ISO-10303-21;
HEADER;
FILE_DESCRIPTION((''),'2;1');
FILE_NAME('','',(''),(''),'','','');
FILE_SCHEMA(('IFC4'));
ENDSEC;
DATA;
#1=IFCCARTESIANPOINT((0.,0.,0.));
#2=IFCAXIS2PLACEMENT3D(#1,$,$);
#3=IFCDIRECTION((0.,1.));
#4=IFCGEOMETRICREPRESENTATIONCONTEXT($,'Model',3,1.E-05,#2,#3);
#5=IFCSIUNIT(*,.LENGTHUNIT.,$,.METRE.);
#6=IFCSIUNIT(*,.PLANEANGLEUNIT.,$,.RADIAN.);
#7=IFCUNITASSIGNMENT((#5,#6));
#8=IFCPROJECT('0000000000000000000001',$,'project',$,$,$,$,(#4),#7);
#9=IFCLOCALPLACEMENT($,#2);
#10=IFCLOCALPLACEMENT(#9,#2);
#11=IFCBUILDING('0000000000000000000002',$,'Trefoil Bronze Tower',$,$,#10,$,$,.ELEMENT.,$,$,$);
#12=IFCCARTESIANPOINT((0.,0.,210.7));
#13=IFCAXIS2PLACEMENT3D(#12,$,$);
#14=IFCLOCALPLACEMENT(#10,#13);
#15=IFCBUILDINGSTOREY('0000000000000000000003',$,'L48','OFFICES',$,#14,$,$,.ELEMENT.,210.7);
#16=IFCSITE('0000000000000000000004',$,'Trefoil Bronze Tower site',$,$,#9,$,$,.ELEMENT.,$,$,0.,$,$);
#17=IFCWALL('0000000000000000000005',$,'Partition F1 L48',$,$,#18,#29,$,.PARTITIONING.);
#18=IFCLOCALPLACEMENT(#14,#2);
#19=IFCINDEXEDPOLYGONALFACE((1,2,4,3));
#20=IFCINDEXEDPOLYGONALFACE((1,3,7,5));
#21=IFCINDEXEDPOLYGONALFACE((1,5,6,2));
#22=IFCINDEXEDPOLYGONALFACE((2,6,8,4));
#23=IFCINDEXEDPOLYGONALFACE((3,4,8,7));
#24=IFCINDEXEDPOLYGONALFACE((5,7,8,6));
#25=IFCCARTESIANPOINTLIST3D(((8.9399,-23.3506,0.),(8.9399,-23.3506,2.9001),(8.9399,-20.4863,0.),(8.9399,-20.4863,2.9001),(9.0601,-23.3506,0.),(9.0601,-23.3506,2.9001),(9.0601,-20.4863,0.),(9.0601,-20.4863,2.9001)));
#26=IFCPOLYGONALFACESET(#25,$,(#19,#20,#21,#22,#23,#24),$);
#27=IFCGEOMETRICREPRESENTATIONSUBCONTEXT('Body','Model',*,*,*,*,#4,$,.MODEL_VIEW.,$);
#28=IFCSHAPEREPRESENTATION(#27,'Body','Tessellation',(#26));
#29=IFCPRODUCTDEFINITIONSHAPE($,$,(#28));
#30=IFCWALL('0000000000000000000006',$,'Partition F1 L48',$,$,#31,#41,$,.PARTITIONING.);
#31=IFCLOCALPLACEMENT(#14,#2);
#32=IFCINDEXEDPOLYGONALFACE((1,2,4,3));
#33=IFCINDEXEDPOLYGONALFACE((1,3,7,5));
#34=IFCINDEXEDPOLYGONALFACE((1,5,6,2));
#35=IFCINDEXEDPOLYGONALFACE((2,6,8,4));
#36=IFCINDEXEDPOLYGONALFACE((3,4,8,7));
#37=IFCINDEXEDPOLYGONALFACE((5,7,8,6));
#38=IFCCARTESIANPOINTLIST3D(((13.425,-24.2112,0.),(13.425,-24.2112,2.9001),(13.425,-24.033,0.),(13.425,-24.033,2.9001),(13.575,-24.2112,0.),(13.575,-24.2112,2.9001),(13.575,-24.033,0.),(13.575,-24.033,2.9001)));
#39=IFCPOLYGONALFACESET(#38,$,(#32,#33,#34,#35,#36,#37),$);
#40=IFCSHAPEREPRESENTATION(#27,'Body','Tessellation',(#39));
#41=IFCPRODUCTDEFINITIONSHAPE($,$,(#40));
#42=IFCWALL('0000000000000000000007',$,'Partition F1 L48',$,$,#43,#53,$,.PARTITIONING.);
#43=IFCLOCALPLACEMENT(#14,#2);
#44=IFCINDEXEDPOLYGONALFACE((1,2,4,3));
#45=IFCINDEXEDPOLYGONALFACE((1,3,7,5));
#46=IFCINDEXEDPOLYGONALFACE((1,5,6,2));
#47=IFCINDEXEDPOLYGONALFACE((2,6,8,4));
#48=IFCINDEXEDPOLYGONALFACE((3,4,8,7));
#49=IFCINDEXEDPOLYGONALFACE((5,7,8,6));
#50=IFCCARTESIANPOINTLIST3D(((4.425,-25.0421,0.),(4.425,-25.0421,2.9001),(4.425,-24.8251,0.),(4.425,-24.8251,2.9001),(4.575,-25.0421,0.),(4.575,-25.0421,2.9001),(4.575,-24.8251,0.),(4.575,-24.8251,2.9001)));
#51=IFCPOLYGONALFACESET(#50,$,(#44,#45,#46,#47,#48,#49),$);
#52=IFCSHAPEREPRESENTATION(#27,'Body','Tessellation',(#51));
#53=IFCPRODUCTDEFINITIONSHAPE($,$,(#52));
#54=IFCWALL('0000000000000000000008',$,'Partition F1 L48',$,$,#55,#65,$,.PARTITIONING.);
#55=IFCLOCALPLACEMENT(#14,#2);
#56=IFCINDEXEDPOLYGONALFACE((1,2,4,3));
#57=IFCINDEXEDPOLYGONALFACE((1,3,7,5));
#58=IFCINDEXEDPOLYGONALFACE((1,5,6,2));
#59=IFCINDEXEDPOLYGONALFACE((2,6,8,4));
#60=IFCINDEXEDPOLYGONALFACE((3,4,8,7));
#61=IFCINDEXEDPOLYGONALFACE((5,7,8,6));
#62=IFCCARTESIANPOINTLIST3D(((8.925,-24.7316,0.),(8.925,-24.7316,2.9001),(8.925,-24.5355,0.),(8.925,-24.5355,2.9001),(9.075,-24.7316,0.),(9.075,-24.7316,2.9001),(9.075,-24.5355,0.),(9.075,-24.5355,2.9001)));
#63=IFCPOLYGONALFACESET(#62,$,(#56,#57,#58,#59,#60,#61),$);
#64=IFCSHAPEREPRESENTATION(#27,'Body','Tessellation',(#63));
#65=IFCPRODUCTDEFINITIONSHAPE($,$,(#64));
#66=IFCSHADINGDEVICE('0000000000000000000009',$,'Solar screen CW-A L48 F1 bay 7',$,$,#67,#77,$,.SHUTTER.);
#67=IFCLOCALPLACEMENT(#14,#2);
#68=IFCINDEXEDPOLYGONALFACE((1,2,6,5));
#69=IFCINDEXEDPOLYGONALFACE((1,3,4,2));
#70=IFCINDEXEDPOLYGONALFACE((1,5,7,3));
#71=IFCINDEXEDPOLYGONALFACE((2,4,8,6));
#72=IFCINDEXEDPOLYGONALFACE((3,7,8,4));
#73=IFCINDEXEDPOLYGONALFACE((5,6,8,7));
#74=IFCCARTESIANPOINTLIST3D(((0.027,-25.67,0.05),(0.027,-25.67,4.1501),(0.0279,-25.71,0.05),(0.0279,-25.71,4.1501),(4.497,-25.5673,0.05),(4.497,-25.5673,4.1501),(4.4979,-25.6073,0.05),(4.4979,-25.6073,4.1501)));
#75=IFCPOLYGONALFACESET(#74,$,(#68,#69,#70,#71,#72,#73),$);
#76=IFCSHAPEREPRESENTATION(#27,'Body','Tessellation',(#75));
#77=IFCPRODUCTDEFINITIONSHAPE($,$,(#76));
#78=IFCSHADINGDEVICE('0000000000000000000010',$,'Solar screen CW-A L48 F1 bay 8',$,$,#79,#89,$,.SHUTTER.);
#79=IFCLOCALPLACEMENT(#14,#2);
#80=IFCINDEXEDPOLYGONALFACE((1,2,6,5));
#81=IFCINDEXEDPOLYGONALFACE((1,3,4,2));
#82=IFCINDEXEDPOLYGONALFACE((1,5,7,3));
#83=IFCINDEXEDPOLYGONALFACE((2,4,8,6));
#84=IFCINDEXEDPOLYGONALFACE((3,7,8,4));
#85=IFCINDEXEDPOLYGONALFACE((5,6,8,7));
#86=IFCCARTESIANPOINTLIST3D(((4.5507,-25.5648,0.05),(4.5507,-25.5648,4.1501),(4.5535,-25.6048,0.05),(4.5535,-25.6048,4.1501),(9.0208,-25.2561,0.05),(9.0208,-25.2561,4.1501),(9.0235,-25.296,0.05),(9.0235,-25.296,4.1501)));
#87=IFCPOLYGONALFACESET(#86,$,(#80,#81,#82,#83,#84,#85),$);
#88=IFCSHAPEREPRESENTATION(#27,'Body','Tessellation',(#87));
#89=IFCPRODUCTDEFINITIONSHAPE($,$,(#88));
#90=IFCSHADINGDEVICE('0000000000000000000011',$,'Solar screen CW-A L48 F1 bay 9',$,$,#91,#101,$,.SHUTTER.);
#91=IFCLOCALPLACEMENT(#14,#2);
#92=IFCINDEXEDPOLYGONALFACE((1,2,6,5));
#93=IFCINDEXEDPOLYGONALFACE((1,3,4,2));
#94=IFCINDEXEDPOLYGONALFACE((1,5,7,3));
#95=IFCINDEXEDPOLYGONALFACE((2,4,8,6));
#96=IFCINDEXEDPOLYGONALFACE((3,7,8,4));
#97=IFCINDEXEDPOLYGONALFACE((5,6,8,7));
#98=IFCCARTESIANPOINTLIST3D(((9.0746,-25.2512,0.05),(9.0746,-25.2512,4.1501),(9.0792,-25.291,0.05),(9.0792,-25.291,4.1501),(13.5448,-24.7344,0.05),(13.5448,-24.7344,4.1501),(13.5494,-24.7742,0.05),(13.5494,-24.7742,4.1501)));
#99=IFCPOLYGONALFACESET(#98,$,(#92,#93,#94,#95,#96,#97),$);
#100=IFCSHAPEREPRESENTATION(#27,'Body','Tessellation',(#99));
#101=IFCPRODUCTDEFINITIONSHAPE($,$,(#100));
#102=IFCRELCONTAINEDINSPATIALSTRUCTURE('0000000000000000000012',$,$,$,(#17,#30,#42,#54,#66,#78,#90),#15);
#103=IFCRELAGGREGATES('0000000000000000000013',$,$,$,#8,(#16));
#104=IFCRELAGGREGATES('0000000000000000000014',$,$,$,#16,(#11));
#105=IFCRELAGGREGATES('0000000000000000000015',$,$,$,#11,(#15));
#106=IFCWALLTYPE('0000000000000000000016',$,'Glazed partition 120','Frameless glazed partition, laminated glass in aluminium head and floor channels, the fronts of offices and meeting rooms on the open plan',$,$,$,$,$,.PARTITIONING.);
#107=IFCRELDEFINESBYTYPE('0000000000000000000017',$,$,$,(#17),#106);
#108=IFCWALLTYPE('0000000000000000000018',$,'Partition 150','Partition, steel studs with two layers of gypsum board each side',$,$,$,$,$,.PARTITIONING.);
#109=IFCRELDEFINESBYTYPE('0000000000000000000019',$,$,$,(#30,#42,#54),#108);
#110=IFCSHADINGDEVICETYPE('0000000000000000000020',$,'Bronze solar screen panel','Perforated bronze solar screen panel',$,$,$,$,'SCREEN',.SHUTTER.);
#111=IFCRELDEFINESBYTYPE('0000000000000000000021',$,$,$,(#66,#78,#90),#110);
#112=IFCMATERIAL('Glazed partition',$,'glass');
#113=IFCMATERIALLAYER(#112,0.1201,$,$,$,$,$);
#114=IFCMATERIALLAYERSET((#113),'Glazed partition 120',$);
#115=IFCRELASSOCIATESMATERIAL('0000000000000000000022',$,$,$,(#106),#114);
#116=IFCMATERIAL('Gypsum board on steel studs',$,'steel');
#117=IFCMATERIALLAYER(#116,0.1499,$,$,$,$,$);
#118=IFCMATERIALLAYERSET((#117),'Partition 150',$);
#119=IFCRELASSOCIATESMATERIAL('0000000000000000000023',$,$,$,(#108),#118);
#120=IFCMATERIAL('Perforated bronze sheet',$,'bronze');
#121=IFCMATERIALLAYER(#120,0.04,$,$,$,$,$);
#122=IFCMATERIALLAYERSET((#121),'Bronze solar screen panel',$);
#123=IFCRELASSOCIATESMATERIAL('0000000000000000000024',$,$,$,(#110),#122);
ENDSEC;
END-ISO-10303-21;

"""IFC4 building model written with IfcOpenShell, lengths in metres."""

from ifc_helpers import new_model, si_unit, direction, frame, frame_2d, origin, origin_2d, place, context, subcontext, project, spatial, rectangle, extrude, material, layer, layer_set, type_object, element, save


model = new_model("IFC4")

# Units and contexts
model_context = context("Model", 3, precision=1e-05, world=origin(), true_north=direction((0.0, 1.0)))
body_context = subcontext(model_context, "Body", "Model", "MODEL_VIEW")
ifc_project = project(units=[si_unit("LENGTHUNIT", "METRE"), si_unit("PLANEANGLEUNIT", "RADIAN")], contexts=[model_context])

# Site, building, storey
site_placement = place(None, origin())
site = spatial("IfcSite", under=ifc_project, at=site_placement, Name="Trefoil Bronze Tower site", CompositionType="ELEMENT", RefElevation=0.0)
building_placement = place(site_placement, origin())
building = spatial("IfcBuilding", under=site, at=building_placement, Name="Trefoil Bronze Tower", CompositionType="ELEMENT")
storey_placement = place(building_placement, frame((0.0, 0.0, 210.7)))
storey = spatial("IfcBuildingStorey", under=building, at=storey_placement, Name="L48", Description="OFFICES", CompositionType="ELEMENT", Elevation=210.7)

# Shared definitions
ifc_material_1 = material(Name="Glazed partition", Category="glass")
ifc_layer_1 = layer(ifc_material_1, 0.1201)
ifc_layer_set_1 = layer_set([ifc_layer_1], Name="Glazed partition 120")
wall_type_1 = type_object("IfcWallType", Name="Glazed partition 120", Description="Frameless glazed partition, laminated glass in aluminium head and floor channels, the fronts of offices and meeting rooms on the open plan", PredefinedType="PARTITIONING", material=ifc_layer_set_1)

# Walls
wall_1_placement = place(storey_placement, frame((9.0, -20.4863, 0.0), z_axis=(0.0, 0.0, 1.0), x_axis=(0.0, -1.0, 0.0)))
element("IfcWall", 1, at=wall_1_placement, inside=storey, type_object=wall_type_1, Name="Partition F1 L48", PredefinedType="PARTITIONING", context=body_context, shape_type="SweptSolid", body=[
    extrude(rectangle(XDim=2.8643, YDim=0.1201, at=frame_2d((1.4321, 0.0))), origin(), (0.0, 0.0, 1.0), 2.9001),
])
ifc_material_2 = material(Name="Gypsum board on steel studs", Category="steel")
ifc_layer_2 = layer(ifc_material_2, 0.1499)
ifc_layer_set_2 = layer_set([ifc_layer_2], Name="Partition 150")
wall_type_2 = type_object("IfcWallType", Name="Partition 150", Description="Partition, steel studs with two layers of gypsum board each side", PredefinedType="PARTITIONING", material=ifc_layer_set_2)
wall_2_placement = place(storey_placement, frame((13.5, -24.033, 0.0), z_axis=(0.0, 0.0, 1.0), x_axis=(0.0, -1.0, 0.0)))
element("IfcWall", 2, at=wall_2_placement, inside=storey, type_object=wall_type_2, Name="Partition F1 L48", PredefinedType="PARTITIONING", context=body_context, shape_type="SweptSolid", body=[
    extrude(rectangle(XDim=0.1782, YDim=0.1499, at=frame_2d((0.0891, 0.0))), origin(), (0.0, 0.0, 1.0), 2.9001),
])
wall_3_placement = place(storey_placement, frame((4.5, -24.8252, 0.0), z_axis=(0.0, 0.0, 1.0), x_axis=(0.0, -1.0, 0.0)))
element("IfcWall", 3, at=wall_3_placement, inside=storey, type_object=wall_type_2, Name="Partition F1 L48", PredefinedType="PARTITIONING", context=body_context, shape_type="SweptSolid", body=[
    extrude(rectangle(XDim=0.217, YDim=0.1499, at=frame_2d((0.1084, 0.0))), origin(), (0.0, 0.0, 1.0), 2.9001),
])
wall_4_placement = place(storey_placement, frame((9.0, -24.5354, 0.0), z_axis=(0.0, 0.0, 1.0), x_axis=(0.0, -1.0, 0.0)))
element("IfcWall", 4, at=wall_4_placement, inside=storey, type_object=wall_type_2, Name="Partition F1 L48", PredefinedType="PARTITIONING", context=body_context, shape_type="SweptSolid", body=[
    extrude(rectangle(XDim=0.196, YDim=0.1499, at=frame_2d((0.0981, 0.0))), origin(), (0.0, 0.0, 1.0), 2.9001),
])

# Shading devices
ifc_material_3 = material(Name="Perforated bronze sheet", Category="bronze")
ifc_layer_3 = layer(ifc_material_3, 0.04)
ifc_layer_set_3 = layer_set([ifc_layer_3], Name="Bronze solar screen panel")
shading_device_type = type_object("IfcShadingDeviceType", Name="Bronze solar screen panel", Description="Perforated bronze solar screen panel", ElementType="SCREEN", PredefinedType="SHUTTER", material=ifc_layer_set_3)
shading_device_1_placement = place(storey_placement, frame((2.2625, -25.6387, 0.05), z_axis=(0.0, 0.0, 1.0), x_axis=(0.999736, 0.022972, 0.0)))
element("IfcShadingDevice", 5, at=shading_device_1_placement, inside=storey, type_object=shading_device_type, Name="Solar screen CW-A L48 F1 bay 7", PredefinedType="SHUTTER", context=body_context, shape_type="SweptSolid", body=[
    extrude(rectangle(XDim=4.4712, YDim=0.04, at=origin_2d()), origin(), (0.0, 0.0, 1.0), 4.1001),
])
shading_device_2_placement = place(storey_placement, frame((6.7871, -25.4304, 0.05), z_axis=(0.0, 0.0, 1.0), x_axis=(0.997623, 0.068915, 0.0)))
element("IfcShadingDevice", 6, at=shading_device_2_placement, inside=storey, type_object=shading_device_type, Name="Solar screen CW-A L48 F1 bay 8", PredefinedType="SHUTTER", context=body_context, shape_type="SweptSolid", body=[
    extrude(rectangle(XDim=4.4807, YDim=0.04, at=origin_2d()), origin(), (0.0, 0.0, 1.0), 4.1001),
])
shading_device_3_placement = place(storey_placement, frame((11.312, -25.0127, 0.05), z_axis=(0.0, 0.0, 1.0), x_axis=(0.993382, 0.114859, 0.0)))
element("IfcShadingDevice", 7, at=shading_device_3_placement, inside=storey, type_object=shading_device_type, Name="Solar screen CW-A L48 F1 bay 9", PredefinedType="SHUTTER", context=body_context, shape_type="SweptSolid", body=[
    extrude(rectangle(XDim=4.5, YDim=0.04, at=origin_2d()), origin(), (0.0, 0.0, 1.0), 4.1001),
])

save(model, "model.ifc")
